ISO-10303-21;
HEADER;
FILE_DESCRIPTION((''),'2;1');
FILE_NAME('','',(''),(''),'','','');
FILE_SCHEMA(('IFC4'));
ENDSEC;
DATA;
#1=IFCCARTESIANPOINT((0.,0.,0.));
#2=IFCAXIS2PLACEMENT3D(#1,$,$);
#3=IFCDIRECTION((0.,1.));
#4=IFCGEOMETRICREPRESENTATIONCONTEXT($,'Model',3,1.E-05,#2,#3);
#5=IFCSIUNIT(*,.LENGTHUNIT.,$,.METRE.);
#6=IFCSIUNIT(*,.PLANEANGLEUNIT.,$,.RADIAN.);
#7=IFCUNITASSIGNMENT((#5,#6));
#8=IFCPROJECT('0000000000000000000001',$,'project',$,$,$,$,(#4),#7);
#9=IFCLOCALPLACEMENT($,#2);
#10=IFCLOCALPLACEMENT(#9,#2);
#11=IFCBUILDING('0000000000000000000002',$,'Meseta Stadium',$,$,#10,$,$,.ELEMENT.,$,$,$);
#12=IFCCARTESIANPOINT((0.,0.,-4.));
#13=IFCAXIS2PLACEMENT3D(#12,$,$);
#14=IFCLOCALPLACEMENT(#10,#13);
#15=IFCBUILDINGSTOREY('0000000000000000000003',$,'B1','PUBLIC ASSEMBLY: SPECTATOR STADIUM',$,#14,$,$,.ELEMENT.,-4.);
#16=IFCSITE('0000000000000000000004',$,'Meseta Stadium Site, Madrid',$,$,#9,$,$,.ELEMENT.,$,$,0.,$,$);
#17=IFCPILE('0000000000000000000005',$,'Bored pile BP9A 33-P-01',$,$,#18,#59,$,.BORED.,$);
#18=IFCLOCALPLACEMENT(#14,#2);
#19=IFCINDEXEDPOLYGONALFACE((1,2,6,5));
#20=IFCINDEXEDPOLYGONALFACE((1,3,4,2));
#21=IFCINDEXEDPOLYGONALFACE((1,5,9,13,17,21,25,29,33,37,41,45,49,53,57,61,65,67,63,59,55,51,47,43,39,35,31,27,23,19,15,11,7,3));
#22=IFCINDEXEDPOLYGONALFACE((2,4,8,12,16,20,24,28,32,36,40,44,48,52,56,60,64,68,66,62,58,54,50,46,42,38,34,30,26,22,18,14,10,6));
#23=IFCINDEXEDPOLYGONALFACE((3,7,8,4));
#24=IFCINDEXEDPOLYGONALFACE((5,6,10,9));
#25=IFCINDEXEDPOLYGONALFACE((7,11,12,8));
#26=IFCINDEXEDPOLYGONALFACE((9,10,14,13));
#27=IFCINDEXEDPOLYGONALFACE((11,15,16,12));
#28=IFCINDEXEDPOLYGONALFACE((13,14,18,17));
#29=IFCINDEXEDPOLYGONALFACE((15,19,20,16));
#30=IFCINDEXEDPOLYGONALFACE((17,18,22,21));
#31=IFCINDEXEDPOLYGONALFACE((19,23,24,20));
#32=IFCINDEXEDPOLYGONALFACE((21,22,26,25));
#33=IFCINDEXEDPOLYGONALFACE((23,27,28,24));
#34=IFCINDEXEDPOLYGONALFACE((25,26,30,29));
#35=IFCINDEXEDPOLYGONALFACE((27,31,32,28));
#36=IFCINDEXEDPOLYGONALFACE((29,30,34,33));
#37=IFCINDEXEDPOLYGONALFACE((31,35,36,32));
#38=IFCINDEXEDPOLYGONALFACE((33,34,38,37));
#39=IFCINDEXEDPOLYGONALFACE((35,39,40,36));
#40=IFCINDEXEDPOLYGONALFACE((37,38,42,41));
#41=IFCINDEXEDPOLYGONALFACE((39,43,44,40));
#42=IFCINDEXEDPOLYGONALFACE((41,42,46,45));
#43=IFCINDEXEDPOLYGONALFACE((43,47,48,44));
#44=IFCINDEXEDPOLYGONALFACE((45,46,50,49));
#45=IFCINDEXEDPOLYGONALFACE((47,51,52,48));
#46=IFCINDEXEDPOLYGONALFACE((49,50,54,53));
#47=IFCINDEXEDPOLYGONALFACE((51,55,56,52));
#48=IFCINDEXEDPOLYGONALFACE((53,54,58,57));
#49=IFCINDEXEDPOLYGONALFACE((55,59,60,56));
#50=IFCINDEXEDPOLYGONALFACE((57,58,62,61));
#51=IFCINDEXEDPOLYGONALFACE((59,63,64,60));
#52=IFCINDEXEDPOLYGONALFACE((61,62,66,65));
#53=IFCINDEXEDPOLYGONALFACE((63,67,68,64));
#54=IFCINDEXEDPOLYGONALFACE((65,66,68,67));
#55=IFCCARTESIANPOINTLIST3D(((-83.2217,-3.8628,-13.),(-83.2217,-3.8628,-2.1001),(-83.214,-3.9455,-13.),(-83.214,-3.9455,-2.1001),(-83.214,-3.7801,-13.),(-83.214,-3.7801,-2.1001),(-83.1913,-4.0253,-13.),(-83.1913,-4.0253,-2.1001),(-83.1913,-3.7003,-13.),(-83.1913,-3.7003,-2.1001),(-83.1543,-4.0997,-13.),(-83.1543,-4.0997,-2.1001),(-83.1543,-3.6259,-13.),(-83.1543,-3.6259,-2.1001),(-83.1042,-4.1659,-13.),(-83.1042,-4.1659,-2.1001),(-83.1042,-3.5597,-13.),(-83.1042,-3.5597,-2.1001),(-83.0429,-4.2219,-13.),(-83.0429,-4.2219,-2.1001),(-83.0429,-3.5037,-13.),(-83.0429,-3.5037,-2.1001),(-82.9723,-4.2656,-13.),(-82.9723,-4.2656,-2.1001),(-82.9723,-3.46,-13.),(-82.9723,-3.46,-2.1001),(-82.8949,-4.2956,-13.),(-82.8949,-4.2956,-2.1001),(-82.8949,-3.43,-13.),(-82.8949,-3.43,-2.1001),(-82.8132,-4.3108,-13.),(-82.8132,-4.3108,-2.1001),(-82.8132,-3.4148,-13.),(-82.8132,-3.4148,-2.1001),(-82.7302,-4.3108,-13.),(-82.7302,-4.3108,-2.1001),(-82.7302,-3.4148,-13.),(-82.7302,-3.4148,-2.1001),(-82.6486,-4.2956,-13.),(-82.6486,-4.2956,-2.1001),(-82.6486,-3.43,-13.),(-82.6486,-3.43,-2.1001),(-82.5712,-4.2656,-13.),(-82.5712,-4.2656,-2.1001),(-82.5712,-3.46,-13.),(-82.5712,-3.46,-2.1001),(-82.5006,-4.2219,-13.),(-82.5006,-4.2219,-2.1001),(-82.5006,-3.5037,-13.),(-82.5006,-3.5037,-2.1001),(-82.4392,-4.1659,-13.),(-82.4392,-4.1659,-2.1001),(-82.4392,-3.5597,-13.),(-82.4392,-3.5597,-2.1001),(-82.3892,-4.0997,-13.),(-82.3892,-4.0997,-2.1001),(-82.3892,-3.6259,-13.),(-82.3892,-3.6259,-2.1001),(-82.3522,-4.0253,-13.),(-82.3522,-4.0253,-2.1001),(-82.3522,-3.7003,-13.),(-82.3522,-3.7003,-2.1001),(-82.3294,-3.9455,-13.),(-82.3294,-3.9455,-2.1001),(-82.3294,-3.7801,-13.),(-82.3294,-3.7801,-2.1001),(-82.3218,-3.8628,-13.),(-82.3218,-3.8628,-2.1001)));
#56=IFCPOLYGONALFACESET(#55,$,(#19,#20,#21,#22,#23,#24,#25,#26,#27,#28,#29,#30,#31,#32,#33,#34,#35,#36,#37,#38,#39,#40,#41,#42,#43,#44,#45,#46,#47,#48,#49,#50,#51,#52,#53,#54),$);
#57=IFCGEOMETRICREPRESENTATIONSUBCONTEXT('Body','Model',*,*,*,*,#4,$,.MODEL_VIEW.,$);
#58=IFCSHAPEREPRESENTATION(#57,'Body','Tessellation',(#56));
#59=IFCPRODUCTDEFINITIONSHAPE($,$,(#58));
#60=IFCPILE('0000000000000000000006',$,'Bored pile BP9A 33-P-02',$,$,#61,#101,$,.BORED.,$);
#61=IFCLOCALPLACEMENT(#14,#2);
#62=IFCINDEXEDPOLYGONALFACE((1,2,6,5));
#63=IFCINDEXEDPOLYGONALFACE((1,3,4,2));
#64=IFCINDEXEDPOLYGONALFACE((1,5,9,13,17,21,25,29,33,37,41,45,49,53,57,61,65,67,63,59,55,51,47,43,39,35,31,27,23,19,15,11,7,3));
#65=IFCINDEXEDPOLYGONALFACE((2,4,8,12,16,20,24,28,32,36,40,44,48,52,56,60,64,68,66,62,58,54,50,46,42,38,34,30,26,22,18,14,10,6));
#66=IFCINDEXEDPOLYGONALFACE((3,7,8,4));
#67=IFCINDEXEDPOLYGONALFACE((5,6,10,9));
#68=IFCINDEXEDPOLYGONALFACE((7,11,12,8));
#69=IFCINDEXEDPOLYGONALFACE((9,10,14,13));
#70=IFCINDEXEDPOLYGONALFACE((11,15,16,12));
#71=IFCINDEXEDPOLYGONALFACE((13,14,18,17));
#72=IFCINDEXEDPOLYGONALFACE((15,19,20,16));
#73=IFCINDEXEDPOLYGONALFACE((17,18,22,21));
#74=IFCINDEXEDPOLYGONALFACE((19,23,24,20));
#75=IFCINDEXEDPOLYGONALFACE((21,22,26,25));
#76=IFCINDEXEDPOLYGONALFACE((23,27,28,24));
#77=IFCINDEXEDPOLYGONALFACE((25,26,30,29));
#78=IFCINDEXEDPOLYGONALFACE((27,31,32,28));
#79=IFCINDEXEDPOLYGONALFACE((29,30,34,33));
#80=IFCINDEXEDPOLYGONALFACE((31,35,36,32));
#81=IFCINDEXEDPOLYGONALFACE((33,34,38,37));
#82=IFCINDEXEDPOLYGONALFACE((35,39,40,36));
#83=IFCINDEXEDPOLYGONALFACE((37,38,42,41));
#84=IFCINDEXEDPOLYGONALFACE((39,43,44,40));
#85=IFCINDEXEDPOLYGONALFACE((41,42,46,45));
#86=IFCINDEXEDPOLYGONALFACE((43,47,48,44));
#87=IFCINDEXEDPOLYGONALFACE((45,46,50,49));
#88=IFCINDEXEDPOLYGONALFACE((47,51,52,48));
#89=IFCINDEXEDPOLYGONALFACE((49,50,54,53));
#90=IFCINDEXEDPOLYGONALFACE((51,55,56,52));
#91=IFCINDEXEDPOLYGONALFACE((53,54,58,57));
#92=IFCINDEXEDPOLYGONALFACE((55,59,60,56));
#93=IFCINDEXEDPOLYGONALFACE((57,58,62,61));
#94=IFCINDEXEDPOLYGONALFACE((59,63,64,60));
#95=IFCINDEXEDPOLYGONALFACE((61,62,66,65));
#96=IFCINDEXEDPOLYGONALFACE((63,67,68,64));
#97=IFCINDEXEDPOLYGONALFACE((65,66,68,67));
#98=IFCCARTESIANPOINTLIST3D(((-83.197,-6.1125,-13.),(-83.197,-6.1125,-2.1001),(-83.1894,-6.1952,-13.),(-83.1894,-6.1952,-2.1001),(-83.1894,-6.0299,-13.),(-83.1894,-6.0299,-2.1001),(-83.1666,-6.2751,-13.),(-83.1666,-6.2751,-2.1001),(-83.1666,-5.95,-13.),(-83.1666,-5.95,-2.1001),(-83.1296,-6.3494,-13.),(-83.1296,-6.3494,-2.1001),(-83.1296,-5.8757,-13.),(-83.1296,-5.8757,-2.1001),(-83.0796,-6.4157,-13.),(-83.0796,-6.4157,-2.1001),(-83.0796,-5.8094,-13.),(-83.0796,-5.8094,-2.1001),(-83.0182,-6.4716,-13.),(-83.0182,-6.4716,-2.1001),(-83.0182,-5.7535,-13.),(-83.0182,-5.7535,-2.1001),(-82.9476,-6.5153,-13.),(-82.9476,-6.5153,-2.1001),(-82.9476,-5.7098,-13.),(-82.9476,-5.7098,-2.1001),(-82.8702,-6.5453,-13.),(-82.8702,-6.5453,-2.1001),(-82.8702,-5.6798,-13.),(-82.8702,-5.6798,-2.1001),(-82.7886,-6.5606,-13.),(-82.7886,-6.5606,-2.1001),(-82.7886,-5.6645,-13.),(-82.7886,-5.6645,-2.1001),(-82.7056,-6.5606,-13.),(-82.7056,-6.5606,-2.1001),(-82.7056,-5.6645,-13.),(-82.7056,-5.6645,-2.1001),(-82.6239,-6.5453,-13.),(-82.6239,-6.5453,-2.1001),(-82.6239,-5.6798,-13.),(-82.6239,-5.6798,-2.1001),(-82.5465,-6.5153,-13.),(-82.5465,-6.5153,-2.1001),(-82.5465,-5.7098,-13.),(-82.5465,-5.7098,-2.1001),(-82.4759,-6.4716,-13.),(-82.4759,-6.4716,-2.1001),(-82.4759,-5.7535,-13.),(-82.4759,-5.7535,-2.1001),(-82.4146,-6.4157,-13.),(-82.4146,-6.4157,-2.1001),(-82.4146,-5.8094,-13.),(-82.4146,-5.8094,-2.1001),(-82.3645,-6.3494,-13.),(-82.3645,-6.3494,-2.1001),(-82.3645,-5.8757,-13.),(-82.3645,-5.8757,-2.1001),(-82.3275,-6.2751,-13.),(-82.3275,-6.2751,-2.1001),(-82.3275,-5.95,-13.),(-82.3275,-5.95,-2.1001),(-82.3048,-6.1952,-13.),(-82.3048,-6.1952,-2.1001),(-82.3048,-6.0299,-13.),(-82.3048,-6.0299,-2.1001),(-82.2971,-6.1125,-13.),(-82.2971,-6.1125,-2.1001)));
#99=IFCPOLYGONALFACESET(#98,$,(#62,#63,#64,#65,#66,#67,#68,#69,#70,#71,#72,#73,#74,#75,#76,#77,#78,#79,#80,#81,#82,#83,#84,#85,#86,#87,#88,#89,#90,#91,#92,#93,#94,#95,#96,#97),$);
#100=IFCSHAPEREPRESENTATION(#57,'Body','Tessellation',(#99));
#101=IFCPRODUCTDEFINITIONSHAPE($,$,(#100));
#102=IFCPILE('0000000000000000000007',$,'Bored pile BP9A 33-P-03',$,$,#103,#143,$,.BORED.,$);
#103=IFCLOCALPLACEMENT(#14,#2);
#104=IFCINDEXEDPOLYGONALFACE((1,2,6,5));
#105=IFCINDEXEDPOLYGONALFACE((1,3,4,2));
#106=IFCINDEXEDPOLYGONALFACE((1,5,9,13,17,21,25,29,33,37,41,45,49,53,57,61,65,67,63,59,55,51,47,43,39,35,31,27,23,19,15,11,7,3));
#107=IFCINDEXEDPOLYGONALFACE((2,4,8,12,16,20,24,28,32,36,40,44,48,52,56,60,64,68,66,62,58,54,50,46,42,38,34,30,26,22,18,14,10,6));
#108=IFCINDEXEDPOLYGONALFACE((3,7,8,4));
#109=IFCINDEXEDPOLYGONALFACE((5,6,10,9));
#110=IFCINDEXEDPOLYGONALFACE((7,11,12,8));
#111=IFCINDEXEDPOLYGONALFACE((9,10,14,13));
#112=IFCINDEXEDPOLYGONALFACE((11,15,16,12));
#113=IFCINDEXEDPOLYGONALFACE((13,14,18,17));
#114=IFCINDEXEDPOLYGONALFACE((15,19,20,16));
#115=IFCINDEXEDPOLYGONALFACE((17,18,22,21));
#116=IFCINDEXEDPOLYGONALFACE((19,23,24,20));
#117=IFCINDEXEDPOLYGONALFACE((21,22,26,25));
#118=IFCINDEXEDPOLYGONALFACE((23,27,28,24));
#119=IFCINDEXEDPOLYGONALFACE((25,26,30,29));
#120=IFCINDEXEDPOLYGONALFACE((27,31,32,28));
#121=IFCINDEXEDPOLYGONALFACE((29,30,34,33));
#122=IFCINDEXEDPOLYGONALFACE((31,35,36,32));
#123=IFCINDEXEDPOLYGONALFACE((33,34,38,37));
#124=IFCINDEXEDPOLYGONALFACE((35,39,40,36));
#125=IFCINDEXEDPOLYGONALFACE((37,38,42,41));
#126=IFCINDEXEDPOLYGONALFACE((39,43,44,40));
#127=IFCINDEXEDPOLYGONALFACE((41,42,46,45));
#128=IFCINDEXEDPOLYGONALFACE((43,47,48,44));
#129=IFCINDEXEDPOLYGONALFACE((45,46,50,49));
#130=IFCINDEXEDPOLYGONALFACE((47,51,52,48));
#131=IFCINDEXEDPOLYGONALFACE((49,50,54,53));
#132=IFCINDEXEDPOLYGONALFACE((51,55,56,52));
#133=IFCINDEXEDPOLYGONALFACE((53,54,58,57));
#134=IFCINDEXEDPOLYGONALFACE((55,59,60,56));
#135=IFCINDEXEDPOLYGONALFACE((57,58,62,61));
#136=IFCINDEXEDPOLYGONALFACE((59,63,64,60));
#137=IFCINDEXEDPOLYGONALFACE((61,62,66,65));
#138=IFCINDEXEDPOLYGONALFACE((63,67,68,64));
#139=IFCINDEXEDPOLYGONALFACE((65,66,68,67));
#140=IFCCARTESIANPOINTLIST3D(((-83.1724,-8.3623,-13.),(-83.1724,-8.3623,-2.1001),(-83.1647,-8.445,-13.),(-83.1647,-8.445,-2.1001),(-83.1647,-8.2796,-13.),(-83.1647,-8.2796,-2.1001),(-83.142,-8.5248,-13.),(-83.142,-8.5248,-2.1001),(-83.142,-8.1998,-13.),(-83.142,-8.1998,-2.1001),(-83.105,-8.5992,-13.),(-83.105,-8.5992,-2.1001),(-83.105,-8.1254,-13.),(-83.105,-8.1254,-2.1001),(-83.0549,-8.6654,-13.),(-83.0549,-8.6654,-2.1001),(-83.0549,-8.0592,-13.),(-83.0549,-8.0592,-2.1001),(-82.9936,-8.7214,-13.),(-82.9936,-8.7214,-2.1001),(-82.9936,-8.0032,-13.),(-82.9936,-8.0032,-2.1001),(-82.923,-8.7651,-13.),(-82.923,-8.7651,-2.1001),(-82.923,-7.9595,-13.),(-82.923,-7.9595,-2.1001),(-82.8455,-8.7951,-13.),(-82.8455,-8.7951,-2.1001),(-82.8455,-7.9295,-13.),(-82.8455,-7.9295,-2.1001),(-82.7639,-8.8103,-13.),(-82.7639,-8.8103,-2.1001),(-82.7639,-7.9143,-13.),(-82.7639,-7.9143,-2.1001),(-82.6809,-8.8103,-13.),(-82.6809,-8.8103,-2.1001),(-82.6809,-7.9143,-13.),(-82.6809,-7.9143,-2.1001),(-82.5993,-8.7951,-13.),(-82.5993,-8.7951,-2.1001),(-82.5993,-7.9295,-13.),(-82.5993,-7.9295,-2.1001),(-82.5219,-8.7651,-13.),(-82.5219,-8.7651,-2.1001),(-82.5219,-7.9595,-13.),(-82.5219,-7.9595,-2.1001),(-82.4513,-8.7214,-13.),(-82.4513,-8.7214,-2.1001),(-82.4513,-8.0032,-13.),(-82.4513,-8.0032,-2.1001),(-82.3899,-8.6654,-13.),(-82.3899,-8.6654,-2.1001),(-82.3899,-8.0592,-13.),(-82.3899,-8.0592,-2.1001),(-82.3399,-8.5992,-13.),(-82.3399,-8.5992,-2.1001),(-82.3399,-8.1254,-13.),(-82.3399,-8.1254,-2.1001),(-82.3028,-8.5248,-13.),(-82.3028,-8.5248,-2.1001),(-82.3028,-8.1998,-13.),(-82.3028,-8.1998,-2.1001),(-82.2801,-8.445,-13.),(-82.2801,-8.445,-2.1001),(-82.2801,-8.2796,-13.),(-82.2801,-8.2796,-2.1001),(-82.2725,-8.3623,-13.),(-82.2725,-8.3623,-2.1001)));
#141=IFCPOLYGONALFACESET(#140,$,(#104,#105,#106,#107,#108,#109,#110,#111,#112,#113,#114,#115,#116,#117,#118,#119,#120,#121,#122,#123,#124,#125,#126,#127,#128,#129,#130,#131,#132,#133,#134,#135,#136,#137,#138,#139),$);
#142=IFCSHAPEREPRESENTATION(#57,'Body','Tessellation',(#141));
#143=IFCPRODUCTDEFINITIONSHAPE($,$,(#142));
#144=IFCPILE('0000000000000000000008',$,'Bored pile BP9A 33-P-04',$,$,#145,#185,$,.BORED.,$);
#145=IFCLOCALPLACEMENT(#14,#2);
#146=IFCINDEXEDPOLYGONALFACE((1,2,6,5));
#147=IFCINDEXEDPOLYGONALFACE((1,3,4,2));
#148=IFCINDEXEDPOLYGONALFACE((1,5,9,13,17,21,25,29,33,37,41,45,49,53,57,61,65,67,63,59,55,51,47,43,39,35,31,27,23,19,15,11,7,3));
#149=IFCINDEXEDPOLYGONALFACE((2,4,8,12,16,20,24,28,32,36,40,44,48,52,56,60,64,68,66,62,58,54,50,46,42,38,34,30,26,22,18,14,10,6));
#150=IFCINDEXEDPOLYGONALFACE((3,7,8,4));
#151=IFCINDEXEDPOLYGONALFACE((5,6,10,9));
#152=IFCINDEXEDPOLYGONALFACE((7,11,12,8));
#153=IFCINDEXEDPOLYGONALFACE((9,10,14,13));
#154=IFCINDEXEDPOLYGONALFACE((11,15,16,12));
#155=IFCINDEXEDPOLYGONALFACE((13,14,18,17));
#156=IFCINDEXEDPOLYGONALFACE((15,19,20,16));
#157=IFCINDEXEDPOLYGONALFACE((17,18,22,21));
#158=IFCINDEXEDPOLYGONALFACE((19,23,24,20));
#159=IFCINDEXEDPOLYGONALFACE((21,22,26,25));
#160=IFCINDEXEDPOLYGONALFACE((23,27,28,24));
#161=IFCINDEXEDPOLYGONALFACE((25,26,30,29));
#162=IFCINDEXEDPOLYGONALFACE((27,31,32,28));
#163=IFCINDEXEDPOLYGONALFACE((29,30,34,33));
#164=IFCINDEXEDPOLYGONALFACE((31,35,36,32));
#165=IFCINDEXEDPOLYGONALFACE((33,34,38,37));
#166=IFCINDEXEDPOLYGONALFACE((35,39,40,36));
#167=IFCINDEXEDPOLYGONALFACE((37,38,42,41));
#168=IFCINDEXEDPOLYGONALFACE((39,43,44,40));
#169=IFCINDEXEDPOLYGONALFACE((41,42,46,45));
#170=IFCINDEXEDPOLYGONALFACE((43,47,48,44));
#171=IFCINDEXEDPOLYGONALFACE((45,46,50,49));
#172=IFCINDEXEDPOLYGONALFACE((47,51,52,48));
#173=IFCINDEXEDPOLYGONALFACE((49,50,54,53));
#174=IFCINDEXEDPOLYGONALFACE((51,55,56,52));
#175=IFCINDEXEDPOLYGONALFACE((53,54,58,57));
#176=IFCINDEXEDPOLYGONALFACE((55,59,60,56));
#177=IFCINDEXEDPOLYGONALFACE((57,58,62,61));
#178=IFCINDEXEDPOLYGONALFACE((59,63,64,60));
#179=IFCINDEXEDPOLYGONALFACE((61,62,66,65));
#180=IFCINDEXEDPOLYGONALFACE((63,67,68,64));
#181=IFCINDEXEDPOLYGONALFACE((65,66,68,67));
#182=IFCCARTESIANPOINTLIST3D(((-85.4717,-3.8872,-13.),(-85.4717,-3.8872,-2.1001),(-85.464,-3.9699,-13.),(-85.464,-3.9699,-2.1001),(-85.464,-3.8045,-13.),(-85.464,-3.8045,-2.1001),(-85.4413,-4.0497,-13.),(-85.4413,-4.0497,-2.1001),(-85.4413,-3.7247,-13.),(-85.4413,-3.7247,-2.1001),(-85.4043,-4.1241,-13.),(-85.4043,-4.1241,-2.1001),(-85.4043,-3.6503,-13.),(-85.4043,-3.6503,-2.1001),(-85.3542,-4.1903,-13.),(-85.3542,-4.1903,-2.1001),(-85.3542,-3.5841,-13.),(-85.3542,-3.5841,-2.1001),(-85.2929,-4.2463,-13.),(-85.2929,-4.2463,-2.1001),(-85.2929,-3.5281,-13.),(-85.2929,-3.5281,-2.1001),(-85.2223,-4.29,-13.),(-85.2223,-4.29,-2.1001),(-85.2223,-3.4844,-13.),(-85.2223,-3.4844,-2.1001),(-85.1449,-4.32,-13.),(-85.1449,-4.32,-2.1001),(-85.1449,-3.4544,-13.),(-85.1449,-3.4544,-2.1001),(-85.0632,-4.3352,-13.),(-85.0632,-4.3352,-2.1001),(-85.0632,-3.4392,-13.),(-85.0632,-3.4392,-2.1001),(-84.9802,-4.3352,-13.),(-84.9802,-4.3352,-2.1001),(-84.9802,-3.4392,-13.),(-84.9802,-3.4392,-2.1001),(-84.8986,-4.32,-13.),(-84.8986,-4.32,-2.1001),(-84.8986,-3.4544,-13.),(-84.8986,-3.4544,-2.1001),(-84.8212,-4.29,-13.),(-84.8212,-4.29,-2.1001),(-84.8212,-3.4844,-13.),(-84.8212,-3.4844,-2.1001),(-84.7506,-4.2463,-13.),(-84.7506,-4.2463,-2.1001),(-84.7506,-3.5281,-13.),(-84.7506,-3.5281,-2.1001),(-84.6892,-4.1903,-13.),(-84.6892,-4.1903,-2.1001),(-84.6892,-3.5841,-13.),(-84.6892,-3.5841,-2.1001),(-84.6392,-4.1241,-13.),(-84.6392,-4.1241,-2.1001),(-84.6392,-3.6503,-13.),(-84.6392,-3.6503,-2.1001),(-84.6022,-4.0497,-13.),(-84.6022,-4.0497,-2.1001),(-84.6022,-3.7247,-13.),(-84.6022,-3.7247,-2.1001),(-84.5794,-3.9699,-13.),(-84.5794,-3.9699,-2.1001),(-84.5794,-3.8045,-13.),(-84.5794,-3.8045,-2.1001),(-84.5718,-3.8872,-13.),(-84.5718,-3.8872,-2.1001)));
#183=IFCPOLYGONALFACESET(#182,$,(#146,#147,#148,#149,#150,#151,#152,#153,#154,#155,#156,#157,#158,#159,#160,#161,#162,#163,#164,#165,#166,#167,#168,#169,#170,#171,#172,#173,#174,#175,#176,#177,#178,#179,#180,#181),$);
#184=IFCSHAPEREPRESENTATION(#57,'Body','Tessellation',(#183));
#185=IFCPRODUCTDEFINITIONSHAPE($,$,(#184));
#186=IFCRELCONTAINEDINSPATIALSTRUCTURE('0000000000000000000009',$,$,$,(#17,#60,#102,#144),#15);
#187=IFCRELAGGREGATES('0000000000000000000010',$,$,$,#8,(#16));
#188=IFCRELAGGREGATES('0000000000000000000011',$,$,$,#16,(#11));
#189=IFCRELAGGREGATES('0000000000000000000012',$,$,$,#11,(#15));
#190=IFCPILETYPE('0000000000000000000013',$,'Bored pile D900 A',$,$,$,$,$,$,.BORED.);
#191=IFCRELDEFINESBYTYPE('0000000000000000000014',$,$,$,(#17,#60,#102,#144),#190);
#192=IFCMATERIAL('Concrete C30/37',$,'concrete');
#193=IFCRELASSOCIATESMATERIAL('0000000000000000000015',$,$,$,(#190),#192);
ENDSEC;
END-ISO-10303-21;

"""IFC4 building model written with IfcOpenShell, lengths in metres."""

from ifc_helpers import new_model, si_unit, direction, frame, origin, origin_2d, place, context, subcontext, project, spatial, circle, extrude, material, material_profile, profile_set, type_object, element, save


model = new_model("IFC4")

# Units and contexts
model_context = context("Model", 3, precision=1e-05, world=origin(), true_north=direction((0.0, 1.0)))
body_context = subcontext(model_context, "Body", "Model", "MODEL_VIEW")
ifc_project = project(units=[si_unit("LENGTHUNIT", "METRE"), si_unit("PLANEANGLEUNIT", "RADIAN")], contexts=[model_context])

# Site, building, storey
site_placement = place(None, origin())
site = spatial("IfcSite", under=ifc_project, at=site_placement, Name="Meseta Stadium Site, Madrid", CompositionType="ELEMENT", RefElevation=0.0)
building_placement = place(site_placement, origin())
building = spatial("IfcBuilding", under=site, at=building_placement, Name="Meseta Stadium", CompositionType="ELEMENT")
storey_placement = place(building_placement, frame((0.0, 0.0, -4.0)))
storey = spatial("IfcBuildingStorey", under=building, at=storey_placement, Name="B1", Description="PUBLIC ASSEMBLY: SPECTATOR STADIUM", CompositionType="ELEMENT", Elevation=-4.0)

# Piles
ifc_material_1 = material(Name="Concrete C30/37", Category="concrete")
ifc_material_profile_1 = material_profile(ifc_material_1, circle(Radius=0.45, at=origin_2d()), Name="D900")
ifc_profile_set_1 = profile_set([ifc_material_profile_1], Name="Concrete C30/37")
pile_type = type_object("IfcPileType", Name="Bored pile D900 A", PredefinedType="BORED", material=ifc_profile_set_1)
for number, where, z_axis, x_axis, name in (
    (1, (-82.7717, -3.8628, -2.1001), (0.0, 0.0, -1.0), (1.0, 0.0, 0.0), "Bored pile BP9A 33-P-01"),
    (2, (-82.7471, -6.1125, -2.1001), (0.0, 0.0, -1.0), (1.0, 0.0, 0.0), "Bored pile BP9A 33-P-02"),
    (3, (-82.7224, -8.3623, -2.1001), (0.0, 0.0, -1.0), (1.0, 0.0, 0.0), "Bored pile BP9A 33-P-03"),
    (4, (-85.0217, -3.8872, -2.1001), (0.0, 0.0, -1.0), (1.0, 0.0, 0.0), "Bored pile BP9A 33-P-04"),
):
    element("IfcPile", number, at=place(storey_placement, frame(where, z_axis=z_axis, x_axis=x_axis)), inside=storey, type_object=pile_type, Name=name, PredefinedType="BORED", context=body_context, shape_type="SweptSolid", body=[
        extrude(circle(Radius=0.45, at=origin_2d()), origin(), (0.0, 0.0, 1.0), 10.8999),
    ])

save(model, "model.ifc")
